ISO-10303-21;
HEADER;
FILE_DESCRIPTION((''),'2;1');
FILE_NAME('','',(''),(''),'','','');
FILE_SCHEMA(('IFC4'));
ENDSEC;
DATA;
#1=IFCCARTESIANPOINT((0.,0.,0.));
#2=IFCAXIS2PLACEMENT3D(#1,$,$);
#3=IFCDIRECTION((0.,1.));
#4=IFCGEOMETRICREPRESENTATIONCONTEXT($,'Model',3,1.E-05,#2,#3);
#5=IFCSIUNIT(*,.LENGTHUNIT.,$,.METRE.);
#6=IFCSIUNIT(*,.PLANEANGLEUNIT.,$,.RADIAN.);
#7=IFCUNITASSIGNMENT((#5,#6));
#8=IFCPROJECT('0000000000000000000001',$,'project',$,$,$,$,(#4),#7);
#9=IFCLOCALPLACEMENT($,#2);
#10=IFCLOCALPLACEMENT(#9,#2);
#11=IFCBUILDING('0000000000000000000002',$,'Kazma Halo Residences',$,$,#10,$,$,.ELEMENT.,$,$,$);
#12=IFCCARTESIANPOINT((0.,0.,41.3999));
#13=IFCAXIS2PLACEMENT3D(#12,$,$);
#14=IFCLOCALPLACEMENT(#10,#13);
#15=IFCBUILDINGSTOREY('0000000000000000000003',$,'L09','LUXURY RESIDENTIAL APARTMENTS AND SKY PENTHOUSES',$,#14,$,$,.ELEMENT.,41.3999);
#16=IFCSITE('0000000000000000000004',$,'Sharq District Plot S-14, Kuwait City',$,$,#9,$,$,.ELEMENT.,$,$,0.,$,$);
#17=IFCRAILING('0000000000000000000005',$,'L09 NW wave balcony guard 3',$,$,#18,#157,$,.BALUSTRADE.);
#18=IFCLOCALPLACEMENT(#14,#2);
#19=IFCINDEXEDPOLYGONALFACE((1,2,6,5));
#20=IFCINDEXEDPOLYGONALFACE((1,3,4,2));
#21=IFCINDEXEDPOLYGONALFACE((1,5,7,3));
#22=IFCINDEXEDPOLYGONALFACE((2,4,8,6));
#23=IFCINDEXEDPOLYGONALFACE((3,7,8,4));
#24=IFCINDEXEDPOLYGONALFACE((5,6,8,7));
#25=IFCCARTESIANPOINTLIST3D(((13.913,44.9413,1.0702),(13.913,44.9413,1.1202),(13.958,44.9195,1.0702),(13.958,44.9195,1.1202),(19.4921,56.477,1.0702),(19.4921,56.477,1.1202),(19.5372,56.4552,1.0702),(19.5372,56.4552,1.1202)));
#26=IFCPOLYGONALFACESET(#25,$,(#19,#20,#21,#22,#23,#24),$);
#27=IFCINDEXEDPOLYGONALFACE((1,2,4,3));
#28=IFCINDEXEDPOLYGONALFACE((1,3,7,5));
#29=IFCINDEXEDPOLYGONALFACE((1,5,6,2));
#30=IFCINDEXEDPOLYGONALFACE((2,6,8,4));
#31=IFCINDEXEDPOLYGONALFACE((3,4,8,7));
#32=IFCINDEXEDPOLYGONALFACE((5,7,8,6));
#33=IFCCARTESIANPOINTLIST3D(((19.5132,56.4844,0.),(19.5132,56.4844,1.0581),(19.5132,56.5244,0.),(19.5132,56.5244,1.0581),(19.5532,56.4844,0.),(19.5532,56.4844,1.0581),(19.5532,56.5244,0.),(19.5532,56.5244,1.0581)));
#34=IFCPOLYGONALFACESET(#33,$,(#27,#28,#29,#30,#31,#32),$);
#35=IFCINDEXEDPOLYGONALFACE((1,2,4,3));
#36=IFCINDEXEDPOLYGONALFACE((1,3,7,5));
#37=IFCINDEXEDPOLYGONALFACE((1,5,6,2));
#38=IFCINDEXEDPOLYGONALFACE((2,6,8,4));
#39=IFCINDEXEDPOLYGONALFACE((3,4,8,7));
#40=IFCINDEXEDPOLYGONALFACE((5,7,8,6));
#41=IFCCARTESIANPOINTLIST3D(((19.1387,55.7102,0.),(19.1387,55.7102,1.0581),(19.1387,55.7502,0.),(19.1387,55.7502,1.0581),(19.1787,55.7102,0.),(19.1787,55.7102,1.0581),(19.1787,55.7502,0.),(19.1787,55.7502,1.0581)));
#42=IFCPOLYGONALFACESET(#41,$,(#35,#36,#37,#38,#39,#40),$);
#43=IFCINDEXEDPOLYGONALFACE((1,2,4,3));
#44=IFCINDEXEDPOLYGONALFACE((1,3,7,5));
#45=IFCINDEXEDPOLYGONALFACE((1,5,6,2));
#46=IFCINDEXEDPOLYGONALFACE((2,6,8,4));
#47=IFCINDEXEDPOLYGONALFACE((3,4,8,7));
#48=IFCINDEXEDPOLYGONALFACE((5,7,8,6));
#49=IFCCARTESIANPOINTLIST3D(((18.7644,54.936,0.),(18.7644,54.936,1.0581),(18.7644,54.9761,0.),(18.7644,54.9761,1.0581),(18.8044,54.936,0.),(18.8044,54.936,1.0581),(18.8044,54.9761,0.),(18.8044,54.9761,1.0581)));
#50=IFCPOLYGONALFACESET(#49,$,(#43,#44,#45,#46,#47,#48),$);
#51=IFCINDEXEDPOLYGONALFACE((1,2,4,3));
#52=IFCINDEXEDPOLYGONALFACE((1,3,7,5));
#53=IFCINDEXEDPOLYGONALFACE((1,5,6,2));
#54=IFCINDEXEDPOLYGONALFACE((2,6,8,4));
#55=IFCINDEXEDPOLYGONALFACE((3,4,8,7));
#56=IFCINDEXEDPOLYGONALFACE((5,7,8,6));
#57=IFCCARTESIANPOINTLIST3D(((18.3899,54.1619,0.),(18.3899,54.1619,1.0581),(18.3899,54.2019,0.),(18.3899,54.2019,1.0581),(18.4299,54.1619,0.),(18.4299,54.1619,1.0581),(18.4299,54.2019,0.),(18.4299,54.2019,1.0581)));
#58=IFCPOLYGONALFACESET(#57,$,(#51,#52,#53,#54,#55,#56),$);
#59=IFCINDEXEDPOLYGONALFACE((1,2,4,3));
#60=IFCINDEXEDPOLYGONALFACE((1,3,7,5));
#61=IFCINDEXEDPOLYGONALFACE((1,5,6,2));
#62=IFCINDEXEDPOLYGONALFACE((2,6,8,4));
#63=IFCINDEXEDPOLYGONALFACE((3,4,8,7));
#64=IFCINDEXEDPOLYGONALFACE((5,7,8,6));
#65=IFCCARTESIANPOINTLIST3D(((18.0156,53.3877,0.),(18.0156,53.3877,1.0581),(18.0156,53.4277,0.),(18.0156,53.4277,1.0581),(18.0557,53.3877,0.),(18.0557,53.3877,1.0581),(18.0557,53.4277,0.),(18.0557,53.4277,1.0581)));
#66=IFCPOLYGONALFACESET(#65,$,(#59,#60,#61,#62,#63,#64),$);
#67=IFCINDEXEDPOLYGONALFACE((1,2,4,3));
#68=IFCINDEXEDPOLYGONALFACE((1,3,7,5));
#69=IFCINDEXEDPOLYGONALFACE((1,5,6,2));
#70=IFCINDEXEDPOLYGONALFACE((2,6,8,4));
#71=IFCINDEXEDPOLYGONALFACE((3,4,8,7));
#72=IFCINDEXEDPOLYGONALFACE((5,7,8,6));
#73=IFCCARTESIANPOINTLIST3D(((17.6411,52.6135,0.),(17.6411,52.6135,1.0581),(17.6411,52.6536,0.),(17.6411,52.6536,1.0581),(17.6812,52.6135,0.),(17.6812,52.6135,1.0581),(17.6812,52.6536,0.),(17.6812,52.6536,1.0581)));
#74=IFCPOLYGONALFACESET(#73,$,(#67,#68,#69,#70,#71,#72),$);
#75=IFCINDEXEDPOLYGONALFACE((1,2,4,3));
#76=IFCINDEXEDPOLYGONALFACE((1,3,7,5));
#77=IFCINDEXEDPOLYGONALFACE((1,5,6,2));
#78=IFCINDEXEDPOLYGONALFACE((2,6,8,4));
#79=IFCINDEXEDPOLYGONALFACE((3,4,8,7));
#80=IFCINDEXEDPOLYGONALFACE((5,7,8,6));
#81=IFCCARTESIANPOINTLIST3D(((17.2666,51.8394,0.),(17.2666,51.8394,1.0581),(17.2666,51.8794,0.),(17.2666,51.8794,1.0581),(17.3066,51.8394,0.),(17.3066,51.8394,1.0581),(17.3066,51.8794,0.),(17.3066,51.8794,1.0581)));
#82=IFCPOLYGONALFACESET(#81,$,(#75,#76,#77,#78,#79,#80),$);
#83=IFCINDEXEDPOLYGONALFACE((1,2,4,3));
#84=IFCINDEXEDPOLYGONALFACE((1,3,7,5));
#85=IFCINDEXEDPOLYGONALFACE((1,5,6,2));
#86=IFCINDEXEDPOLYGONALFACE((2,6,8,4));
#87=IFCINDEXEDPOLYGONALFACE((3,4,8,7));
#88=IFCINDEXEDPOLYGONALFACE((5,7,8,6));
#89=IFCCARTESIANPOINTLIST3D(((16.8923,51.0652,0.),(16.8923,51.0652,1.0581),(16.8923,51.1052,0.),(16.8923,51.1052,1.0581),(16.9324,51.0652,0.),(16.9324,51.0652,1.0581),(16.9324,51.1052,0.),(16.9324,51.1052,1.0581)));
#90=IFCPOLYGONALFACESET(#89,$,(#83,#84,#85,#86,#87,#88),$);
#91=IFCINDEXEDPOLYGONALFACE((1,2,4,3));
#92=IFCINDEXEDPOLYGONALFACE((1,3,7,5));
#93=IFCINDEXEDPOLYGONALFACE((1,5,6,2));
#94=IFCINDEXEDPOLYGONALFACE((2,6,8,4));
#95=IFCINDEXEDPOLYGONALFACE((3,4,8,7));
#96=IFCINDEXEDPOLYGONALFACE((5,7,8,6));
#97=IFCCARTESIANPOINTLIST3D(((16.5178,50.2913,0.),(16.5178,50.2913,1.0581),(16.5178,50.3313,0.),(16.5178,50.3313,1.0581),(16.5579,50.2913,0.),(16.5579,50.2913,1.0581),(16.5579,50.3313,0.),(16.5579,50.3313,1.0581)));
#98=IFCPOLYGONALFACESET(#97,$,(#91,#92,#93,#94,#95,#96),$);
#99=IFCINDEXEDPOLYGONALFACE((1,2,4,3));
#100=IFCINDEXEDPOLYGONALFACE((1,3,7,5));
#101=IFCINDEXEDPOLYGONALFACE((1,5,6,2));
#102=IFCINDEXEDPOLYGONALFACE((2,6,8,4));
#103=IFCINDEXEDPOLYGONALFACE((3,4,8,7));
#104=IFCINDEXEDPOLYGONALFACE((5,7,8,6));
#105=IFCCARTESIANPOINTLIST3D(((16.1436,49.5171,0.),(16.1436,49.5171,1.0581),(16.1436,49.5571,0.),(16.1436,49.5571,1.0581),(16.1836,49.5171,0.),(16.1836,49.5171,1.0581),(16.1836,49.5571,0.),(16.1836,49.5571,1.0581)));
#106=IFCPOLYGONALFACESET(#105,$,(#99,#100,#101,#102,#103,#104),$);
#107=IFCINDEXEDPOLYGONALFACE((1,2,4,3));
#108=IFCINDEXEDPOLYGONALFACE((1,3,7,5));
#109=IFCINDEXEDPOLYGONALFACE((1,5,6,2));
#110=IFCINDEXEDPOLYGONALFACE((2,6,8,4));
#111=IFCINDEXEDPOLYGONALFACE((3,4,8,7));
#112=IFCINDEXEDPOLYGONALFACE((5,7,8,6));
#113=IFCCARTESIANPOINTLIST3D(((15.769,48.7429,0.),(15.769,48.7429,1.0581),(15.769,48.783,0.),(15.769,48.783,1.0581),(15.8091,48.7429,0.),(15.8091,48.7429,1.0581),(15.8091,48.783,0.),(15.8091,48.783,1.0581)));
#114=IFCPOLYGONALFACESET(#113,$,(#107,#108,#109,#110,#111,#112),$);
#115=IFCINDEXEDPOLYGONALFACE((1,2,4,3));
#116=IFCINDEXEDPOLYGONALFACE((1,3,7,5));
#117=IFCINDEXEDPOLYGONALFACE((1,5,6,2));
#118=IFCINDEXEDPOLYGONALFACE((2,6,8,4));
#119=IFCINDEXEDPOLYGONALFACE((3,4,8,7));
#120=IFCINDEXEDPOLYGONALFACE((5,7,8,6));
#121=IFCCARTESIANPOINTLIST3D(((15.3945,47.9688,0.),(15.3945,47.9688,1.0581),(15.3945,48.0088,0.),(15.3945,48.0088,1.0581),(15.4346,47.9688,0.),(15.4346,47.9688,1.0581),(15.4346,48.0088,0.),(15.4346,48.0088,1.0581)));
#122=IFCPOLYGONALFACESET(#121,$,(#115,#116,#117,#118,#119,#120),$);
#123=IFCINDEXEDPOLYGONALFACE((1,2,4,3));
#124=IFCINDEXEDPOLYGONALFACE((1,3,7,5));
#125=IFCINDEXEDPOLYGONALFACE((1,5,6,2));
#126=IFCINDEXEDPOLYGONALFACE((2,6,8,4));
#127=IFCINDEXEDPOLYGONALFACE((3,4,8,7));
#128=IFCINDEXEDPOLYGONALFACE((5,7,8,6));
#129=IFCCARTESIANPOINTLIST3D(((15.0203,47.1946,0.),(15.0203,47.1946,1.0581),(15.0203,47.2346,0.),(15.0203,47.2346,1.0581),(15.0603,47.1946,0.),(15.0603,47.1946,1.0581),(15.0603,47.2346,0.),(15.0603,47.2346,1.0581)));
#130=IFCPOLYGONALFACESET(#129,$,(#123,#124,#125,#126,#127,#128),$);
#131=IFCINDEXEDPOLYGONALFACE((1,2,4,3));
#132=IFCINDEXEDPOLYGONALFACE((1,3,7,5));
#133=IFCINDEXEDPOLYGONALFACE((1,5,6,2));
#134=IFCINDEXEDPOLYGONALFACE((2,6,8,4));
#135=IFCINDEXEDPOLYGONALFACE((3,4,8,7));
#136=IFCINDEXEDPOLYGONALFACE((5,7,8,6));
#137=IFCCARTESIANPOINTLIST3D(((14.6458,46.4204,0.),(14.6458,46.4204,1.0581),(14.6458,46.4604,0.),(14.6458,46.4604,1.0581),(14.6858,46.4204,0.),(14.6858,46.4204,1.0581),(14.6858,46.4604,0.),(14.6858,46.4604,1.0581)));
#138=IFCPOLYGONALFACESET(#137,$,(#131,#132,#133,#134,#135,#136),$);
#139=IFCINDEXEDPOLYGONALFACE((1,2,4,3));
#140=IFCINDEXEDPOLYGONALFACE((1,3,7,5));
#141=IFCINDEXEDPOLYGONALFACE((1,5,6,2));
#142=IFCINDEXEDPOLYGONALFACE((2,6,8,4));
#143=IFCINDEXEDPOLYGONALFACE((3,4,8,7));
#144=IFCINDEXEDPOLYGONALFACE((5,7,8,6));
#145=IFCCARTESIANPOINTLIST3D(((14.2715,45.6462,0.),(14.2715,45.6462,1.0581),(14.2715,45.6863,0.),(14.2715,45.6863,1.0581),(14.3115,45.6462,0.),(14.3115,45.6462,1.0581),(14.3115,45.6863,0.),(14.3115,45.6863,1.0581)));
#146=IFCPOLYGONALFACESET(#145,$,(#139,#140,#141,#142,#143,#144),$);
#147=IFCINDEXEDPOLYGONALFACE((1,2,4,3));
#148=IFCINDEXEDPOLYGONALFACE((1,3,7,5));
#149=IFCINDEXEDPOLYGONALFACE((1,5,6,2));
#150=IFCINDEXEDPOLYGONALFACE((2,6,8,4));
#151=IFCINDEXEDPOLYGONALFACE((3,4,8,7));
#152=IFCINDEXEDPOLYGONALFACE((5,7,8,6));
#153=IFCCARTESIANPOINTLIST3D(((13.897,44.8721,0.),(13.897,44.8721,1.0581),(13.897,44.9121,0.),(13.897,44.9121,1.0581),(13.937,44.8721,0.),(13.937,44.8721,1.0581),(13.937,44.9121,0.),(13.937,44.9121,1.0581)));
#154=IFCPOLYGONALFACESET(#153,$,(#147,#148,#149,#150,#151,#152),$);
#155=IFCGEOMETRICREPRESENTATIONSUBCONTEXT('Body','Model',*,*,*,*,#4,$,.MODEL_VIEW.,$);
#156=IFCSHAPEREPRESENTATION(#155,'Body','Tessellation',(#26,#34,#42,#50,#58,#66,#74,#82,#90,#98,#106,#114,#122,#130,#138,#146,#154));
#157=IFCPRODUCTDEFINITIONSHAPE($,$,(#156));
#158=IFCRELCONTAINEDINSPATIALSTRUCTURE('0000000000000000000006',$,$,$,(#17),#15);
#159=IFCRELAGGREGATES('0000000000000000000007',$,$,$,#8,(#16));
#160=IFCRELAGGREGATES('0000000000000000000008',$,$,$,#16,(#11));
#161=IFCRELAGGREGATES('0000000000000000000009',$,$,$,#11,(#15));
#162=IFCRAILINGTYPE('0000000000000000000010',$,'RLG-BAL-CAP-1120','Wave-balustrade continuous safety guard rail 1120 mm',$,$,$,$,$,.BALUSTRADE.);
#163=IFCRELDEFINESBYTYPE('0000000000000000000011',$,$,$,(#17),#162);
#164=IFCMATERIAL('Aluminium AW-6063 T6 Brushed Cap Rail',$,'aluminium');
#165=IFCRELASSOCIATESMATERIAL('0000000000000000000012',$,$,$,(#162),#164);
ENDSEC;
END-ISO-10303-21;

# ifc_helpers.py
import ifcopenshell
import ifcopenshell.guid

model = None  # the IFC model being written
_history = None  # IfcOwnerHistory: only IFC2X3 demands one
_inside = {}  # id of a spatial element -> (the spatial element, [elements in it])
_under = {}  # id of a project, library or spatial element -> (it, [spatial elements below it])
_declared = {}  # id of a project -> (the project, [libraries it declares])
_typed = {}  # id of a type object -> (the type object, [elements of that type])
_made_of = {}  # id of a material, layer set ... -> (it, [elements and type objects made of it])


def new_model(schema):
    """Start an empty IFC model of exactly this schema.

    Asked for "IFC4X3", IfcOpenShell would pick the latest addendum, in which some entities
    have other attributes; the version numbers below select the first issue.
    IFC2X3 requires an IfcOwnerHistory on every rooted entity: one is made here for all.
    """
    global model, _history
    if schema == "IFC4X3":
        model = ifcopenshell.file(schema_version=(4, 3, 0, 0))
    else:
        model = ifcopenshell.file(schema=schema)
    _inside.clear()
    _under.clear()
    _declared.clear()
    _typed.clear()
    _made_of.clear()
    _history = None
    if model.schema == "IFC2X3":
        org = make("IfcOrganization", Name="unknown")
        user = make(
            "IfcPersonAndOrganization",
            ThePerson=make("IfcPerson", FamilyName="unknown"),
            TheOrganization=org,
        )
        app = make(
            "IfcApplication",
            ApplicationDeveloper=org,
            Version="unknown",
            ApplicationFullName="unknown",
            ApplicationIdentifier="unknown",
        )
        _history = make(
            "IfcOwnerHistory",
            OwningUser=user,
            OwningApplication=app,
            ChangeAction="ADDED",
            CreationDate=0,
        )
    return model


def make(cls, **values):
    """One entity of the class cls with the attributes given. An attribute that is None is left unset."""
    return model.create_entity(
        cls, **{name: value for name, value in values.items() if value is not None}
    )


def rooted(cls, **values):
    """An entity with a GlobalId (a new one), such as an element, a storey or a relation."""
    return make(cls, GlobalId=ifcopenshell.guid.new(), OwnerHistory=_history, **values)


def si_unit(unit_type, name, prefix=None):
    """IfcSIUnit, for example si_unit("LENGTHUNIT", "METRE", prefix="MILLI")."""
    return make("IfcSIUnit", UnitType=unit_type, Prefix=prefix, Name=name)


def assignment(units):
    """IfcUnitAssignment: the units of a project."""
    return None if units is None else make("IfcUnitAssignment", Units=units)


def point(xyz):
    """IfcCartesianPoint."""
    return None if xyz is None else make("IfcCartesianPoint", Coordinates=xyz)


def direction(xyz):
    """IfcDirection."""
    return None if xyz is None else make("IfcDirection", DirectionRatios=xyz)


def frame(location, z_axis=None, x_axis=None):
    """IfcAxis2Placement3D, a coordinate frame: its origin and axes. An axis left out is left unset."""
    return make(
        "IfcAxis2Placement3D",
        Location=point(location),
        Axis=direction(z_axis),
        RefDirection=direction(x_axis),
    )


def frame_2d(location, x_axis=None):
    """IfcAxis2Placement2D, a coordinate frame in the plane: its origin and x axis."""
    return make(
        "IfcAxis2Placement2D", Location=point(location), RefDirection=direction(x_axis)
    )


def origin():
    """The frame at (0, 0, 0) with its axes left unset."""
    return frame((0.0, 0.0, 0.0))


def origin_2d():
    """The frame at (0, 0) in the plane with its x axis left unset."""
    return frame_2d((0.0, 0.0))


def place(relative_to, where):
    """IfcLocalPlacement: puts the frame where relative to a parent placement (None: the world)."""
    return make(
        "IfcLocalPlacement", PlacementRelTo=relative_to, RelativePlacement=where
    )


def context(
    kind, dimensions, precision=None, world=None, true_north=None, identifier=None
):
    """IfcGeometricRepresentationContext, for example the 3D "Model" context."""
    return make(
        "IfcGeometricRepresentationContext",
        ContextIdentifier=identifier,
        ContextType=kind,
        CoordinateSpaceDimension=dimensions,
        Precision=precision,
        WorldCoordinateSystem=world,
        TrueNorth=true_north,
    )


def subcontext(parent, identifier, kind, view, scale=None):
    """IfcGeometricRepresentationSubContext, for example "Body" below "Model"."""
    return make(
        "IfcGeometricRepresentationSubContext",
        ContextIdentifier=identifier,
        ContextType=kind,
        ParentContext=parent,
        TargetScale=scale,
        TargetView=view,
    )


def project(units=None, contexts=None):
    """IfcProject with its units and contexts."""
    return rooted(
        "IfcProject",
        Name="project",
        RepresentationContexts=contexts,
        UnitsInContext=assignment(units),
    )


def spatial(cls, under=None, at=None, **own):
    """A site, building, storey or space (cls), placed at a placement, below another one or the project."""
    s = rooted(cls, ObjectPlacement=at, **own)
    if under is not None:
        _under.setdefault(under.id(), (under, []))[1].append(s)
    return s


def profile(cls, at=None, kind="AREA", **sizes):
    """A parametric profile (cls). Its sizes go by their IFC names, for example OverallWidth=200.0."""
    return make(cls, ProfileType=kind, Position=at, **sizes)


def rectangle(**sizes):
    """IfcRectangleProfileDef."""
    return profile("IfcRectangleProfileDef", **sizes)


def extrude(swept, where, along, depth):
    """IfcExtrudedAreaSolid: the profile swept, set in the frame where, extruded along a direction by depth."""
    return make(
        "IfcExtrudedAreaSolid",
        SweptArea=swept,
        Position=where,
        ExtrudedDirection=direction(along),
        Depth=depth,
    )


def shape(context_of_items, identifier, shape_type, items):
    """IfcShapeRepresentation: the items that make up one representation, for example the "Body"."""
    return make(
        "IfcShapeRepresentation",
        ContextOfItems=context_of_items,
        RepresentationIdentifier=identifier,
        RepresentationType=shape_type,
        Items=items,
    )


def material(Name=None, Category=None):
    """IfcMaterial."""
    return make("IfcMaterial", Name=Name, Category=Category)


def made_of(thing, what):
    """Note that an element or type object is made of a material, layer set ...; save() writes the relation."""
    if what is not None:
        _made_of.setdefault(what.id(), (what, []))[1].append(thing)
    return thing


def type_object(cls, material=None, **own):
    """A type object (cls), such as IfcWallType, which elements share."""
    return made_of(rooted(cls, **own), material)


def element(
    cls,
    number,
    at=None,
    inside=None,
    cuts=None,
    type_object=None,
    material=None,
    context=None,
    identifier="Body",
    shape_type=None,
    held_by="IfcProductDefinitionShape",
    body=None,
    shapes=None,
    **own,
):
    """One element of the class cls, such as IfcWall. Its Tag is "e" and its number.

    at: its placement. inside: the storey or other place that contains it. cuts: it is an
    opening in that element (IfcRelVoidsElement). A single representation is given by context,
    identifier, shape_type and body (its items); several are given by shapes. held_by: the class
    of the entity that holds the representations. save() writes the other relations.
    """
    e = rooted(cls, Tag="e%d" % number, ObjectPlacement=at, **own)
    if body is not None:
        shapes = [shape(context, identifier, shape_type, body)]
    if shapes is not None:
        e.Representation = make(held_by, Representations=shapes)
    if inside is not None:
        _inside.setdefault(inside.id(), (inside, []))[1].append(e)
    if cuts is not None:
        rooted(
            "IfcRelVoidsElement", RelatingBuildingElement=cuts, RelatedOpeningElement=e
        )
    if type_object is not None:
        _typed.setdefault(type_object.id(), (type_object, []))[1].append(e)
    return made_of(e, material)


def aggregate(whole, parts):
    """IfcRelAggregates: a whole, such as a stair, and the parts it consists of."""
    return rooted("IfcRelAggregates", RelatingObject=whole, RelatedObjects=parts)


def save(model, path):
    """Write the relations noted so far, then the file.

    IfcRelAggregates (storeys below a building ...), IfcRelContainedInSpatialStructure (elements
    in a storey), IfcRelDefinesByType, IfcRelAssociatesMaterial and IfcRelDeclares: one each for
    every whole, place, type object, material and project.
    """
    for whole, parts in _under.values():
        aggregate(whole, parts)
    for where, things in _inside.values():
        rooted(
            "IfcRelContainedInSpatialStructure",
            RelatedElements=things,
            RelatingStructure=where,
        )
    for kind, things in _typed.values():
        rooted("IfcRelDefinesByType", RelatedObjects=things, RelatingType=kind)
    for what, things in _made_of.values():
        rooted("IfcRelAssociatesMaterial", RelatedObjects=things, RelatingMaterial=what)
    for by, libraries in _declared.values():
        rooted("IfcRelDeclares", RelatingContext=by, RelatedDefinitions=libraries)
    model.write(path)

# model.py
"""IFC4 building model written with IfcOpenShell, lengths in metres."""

from ifc_helpers import new_model, si_unit, direction, frame, origin, origin_2d, place, context, subcontext, project, spatial, rectangle, extrude, material, type_object, element, save


model = new_model("IFC4")

# Units and contexts
model_context = context("Model", 3, precision=1e-05, world=origin(), true_north=direction((0.0, 1.0)))
body_context = subcontext(model_context, "Body", "Model", "MODEL_VIEW")
ifc_project = project(units=[si_unit("LENGTHUNIT", "METRE"), si_unit("PLANEANGLEUNIT", "RADIAN")], contexts=[model_context])

# Site, building, storey
site_placement = place(None, origin())
site = spatial("IfcSite", under=ifc_project, at=site_placement, Name="Sharq District Plot S-14, Kuwait City", CompositionType="ELEMENT", RefElevation=0.0)
building_placement = place(site_placement, origin())
building = spatial("IfcBuilding", under=site, at=building_placement, Name="Kazma Halo Residences", CompositionType="ELEMENT")
storey_placement = place(building_placement, frame((0.0, 0.0, 41.3999)))
storey = spatial("IfcBuildingStorey", under=building, at=storey_placement, Name="L09", Description="LUXURY RESIDENTIAL APARTMENTS AND SKY PENTHOUSES", CompositionType="ELEMENT", Elevation=41.3999)

# Railing
ifc_material_1 = material(Name="Aluminium AW-6063 T6 Brushed Cap Rail", Category="aluminium")
railing_type = type_object("IfcRailingType", Name="RLG-BAL-CAP-1120", Description="Wave-balustrade continuous safety guard rail 1120 mm", PredefinedType="BALUSTRADE", material=ifc_material_1)
railing_1_placement = place(storey_placement, frame((19.5332, 56.5044, 0.0)))
element("IfcRailing", 1, at=railing_1_placement, inside=storey, type_object=railing_type, Name="L09 NW wave balcony guard 3", PredefinedType="BALUSTRADE", context=body_context, shape_type="SweptSolid", body=[
    extrude(rectangle(XDim=0.05, YDim=0.05, at=origin_2d()), frame((-0.0186, -0.0383, 1.0952), z_axis=(-0.435395, -0.90024, 0.0), x_axis=(0.90024, -0.435395, 0.0)), (0.0, 0.0, 1.0), 12.814),
    extrude(rectangle(XDim=0.04, YDim=0.04, at=origin_2d()), origin(), (0.0, 0.0, 1.0), 1.0581),
    extrude(rectangle(XDim=0.04, YDim=0.04, at=origin_2d()), frame((-0.3745, -0.7742, 0.0)), (0.0, 0.0, 1.0), 1.0581),
    extrude(rectangle(XDim=0.04, YDim=0.04, at=origin_2d()), frame((-0.7488, -1.5483, 0.0)), (0.0, 0.0, 1.0), 1.0581),
    extrude(rectangle(XDim=0.04, YDim=0.04, at=origin_2d()), frame((-1.1233, -2.3225, 0.0)), (0.0, 0.0, 1.0), 1.0581),
    extrude(rectangle(XDim=0.04, YDim=0.04, at=origin_2d()), frame((-1.4976, -3.0967, 0.0)), (0.0, 0.0, 1.0), 1.0581),
    extrude(rectangle(XDim=0.04, YDim=0.04, at=origin_2d()), frame((-1.8721, -3.8708, 0.0)), (0.0, 0.0, 1.0), 1.0581),
    extrude(rectangle(XDim=0.04, YDim=0.04, at=origin_2d()), frame((-2.2466, -4.645, 0.0)), (0.0, 0.0, 1.0), 1.0581),
    extrude(rectangle(XDim=0.04, YDim=0.04, at=origin_2d()), frame((-2.6208, -5.4192, 0.0)), (0.0, 0.0, 1.0), 1.0581),
    extrude(rectangle(XDim=0.04, YDim=0.04, at=origin_2d()), frame((-2.9954, -6.1931, 0.0)), (0.0, 0.0, 1.0), 1.0581),
    extrude(rectangle(XDim=0.04, YDim=0.04, at=origin_2d()), frame((-3.3696, -6.9673, 0.0)), (0.0, 0.0, 1.0), 1.0581),
    extrude(rectangle(XDim=0.04, YDim=0.04, at=origin_2d()), frame((-3.7441, -7.7415, 0.0)), (0.0, 0.0, 1.0), 1.0581),
    extrude(rectangle(XDim=0.04, YDim=0.04, at=origin_2d()), frame((-4.1187, -8.5156, 0.0)), (0.0, 0.0, 1.0), 1.0581),
    extrude(rectangle(XDim=0.04, YDim=0.04, at=origin_2d()), frame((-4.4929, -9.2898, 0.0)), (0.0, 0.0, 1.0), 1.0581),
    extrude(rectangle(XDim=0.04, YDim=0.04, at=origin_2d()), frame((-4.8674, -10.064, 0.0)), (0.0, 0.0, 1.0), 1.0581),
    extrude(rectangle(XDim=0.04, YDim=0.04, at=origin_2d()), frame((-5.2417, -10.8381, 0.0)), (0.0, 0.0, 1.0), 1.0581),
    extrude(rectangle(XDim=0.04, YDim=0.04, at=origin_2d()), frame((-5.6162, -11.6123, 0.0)), (0.0, 0.0, 1.0), 1.0581),
])

save(model, "model.ifc")
